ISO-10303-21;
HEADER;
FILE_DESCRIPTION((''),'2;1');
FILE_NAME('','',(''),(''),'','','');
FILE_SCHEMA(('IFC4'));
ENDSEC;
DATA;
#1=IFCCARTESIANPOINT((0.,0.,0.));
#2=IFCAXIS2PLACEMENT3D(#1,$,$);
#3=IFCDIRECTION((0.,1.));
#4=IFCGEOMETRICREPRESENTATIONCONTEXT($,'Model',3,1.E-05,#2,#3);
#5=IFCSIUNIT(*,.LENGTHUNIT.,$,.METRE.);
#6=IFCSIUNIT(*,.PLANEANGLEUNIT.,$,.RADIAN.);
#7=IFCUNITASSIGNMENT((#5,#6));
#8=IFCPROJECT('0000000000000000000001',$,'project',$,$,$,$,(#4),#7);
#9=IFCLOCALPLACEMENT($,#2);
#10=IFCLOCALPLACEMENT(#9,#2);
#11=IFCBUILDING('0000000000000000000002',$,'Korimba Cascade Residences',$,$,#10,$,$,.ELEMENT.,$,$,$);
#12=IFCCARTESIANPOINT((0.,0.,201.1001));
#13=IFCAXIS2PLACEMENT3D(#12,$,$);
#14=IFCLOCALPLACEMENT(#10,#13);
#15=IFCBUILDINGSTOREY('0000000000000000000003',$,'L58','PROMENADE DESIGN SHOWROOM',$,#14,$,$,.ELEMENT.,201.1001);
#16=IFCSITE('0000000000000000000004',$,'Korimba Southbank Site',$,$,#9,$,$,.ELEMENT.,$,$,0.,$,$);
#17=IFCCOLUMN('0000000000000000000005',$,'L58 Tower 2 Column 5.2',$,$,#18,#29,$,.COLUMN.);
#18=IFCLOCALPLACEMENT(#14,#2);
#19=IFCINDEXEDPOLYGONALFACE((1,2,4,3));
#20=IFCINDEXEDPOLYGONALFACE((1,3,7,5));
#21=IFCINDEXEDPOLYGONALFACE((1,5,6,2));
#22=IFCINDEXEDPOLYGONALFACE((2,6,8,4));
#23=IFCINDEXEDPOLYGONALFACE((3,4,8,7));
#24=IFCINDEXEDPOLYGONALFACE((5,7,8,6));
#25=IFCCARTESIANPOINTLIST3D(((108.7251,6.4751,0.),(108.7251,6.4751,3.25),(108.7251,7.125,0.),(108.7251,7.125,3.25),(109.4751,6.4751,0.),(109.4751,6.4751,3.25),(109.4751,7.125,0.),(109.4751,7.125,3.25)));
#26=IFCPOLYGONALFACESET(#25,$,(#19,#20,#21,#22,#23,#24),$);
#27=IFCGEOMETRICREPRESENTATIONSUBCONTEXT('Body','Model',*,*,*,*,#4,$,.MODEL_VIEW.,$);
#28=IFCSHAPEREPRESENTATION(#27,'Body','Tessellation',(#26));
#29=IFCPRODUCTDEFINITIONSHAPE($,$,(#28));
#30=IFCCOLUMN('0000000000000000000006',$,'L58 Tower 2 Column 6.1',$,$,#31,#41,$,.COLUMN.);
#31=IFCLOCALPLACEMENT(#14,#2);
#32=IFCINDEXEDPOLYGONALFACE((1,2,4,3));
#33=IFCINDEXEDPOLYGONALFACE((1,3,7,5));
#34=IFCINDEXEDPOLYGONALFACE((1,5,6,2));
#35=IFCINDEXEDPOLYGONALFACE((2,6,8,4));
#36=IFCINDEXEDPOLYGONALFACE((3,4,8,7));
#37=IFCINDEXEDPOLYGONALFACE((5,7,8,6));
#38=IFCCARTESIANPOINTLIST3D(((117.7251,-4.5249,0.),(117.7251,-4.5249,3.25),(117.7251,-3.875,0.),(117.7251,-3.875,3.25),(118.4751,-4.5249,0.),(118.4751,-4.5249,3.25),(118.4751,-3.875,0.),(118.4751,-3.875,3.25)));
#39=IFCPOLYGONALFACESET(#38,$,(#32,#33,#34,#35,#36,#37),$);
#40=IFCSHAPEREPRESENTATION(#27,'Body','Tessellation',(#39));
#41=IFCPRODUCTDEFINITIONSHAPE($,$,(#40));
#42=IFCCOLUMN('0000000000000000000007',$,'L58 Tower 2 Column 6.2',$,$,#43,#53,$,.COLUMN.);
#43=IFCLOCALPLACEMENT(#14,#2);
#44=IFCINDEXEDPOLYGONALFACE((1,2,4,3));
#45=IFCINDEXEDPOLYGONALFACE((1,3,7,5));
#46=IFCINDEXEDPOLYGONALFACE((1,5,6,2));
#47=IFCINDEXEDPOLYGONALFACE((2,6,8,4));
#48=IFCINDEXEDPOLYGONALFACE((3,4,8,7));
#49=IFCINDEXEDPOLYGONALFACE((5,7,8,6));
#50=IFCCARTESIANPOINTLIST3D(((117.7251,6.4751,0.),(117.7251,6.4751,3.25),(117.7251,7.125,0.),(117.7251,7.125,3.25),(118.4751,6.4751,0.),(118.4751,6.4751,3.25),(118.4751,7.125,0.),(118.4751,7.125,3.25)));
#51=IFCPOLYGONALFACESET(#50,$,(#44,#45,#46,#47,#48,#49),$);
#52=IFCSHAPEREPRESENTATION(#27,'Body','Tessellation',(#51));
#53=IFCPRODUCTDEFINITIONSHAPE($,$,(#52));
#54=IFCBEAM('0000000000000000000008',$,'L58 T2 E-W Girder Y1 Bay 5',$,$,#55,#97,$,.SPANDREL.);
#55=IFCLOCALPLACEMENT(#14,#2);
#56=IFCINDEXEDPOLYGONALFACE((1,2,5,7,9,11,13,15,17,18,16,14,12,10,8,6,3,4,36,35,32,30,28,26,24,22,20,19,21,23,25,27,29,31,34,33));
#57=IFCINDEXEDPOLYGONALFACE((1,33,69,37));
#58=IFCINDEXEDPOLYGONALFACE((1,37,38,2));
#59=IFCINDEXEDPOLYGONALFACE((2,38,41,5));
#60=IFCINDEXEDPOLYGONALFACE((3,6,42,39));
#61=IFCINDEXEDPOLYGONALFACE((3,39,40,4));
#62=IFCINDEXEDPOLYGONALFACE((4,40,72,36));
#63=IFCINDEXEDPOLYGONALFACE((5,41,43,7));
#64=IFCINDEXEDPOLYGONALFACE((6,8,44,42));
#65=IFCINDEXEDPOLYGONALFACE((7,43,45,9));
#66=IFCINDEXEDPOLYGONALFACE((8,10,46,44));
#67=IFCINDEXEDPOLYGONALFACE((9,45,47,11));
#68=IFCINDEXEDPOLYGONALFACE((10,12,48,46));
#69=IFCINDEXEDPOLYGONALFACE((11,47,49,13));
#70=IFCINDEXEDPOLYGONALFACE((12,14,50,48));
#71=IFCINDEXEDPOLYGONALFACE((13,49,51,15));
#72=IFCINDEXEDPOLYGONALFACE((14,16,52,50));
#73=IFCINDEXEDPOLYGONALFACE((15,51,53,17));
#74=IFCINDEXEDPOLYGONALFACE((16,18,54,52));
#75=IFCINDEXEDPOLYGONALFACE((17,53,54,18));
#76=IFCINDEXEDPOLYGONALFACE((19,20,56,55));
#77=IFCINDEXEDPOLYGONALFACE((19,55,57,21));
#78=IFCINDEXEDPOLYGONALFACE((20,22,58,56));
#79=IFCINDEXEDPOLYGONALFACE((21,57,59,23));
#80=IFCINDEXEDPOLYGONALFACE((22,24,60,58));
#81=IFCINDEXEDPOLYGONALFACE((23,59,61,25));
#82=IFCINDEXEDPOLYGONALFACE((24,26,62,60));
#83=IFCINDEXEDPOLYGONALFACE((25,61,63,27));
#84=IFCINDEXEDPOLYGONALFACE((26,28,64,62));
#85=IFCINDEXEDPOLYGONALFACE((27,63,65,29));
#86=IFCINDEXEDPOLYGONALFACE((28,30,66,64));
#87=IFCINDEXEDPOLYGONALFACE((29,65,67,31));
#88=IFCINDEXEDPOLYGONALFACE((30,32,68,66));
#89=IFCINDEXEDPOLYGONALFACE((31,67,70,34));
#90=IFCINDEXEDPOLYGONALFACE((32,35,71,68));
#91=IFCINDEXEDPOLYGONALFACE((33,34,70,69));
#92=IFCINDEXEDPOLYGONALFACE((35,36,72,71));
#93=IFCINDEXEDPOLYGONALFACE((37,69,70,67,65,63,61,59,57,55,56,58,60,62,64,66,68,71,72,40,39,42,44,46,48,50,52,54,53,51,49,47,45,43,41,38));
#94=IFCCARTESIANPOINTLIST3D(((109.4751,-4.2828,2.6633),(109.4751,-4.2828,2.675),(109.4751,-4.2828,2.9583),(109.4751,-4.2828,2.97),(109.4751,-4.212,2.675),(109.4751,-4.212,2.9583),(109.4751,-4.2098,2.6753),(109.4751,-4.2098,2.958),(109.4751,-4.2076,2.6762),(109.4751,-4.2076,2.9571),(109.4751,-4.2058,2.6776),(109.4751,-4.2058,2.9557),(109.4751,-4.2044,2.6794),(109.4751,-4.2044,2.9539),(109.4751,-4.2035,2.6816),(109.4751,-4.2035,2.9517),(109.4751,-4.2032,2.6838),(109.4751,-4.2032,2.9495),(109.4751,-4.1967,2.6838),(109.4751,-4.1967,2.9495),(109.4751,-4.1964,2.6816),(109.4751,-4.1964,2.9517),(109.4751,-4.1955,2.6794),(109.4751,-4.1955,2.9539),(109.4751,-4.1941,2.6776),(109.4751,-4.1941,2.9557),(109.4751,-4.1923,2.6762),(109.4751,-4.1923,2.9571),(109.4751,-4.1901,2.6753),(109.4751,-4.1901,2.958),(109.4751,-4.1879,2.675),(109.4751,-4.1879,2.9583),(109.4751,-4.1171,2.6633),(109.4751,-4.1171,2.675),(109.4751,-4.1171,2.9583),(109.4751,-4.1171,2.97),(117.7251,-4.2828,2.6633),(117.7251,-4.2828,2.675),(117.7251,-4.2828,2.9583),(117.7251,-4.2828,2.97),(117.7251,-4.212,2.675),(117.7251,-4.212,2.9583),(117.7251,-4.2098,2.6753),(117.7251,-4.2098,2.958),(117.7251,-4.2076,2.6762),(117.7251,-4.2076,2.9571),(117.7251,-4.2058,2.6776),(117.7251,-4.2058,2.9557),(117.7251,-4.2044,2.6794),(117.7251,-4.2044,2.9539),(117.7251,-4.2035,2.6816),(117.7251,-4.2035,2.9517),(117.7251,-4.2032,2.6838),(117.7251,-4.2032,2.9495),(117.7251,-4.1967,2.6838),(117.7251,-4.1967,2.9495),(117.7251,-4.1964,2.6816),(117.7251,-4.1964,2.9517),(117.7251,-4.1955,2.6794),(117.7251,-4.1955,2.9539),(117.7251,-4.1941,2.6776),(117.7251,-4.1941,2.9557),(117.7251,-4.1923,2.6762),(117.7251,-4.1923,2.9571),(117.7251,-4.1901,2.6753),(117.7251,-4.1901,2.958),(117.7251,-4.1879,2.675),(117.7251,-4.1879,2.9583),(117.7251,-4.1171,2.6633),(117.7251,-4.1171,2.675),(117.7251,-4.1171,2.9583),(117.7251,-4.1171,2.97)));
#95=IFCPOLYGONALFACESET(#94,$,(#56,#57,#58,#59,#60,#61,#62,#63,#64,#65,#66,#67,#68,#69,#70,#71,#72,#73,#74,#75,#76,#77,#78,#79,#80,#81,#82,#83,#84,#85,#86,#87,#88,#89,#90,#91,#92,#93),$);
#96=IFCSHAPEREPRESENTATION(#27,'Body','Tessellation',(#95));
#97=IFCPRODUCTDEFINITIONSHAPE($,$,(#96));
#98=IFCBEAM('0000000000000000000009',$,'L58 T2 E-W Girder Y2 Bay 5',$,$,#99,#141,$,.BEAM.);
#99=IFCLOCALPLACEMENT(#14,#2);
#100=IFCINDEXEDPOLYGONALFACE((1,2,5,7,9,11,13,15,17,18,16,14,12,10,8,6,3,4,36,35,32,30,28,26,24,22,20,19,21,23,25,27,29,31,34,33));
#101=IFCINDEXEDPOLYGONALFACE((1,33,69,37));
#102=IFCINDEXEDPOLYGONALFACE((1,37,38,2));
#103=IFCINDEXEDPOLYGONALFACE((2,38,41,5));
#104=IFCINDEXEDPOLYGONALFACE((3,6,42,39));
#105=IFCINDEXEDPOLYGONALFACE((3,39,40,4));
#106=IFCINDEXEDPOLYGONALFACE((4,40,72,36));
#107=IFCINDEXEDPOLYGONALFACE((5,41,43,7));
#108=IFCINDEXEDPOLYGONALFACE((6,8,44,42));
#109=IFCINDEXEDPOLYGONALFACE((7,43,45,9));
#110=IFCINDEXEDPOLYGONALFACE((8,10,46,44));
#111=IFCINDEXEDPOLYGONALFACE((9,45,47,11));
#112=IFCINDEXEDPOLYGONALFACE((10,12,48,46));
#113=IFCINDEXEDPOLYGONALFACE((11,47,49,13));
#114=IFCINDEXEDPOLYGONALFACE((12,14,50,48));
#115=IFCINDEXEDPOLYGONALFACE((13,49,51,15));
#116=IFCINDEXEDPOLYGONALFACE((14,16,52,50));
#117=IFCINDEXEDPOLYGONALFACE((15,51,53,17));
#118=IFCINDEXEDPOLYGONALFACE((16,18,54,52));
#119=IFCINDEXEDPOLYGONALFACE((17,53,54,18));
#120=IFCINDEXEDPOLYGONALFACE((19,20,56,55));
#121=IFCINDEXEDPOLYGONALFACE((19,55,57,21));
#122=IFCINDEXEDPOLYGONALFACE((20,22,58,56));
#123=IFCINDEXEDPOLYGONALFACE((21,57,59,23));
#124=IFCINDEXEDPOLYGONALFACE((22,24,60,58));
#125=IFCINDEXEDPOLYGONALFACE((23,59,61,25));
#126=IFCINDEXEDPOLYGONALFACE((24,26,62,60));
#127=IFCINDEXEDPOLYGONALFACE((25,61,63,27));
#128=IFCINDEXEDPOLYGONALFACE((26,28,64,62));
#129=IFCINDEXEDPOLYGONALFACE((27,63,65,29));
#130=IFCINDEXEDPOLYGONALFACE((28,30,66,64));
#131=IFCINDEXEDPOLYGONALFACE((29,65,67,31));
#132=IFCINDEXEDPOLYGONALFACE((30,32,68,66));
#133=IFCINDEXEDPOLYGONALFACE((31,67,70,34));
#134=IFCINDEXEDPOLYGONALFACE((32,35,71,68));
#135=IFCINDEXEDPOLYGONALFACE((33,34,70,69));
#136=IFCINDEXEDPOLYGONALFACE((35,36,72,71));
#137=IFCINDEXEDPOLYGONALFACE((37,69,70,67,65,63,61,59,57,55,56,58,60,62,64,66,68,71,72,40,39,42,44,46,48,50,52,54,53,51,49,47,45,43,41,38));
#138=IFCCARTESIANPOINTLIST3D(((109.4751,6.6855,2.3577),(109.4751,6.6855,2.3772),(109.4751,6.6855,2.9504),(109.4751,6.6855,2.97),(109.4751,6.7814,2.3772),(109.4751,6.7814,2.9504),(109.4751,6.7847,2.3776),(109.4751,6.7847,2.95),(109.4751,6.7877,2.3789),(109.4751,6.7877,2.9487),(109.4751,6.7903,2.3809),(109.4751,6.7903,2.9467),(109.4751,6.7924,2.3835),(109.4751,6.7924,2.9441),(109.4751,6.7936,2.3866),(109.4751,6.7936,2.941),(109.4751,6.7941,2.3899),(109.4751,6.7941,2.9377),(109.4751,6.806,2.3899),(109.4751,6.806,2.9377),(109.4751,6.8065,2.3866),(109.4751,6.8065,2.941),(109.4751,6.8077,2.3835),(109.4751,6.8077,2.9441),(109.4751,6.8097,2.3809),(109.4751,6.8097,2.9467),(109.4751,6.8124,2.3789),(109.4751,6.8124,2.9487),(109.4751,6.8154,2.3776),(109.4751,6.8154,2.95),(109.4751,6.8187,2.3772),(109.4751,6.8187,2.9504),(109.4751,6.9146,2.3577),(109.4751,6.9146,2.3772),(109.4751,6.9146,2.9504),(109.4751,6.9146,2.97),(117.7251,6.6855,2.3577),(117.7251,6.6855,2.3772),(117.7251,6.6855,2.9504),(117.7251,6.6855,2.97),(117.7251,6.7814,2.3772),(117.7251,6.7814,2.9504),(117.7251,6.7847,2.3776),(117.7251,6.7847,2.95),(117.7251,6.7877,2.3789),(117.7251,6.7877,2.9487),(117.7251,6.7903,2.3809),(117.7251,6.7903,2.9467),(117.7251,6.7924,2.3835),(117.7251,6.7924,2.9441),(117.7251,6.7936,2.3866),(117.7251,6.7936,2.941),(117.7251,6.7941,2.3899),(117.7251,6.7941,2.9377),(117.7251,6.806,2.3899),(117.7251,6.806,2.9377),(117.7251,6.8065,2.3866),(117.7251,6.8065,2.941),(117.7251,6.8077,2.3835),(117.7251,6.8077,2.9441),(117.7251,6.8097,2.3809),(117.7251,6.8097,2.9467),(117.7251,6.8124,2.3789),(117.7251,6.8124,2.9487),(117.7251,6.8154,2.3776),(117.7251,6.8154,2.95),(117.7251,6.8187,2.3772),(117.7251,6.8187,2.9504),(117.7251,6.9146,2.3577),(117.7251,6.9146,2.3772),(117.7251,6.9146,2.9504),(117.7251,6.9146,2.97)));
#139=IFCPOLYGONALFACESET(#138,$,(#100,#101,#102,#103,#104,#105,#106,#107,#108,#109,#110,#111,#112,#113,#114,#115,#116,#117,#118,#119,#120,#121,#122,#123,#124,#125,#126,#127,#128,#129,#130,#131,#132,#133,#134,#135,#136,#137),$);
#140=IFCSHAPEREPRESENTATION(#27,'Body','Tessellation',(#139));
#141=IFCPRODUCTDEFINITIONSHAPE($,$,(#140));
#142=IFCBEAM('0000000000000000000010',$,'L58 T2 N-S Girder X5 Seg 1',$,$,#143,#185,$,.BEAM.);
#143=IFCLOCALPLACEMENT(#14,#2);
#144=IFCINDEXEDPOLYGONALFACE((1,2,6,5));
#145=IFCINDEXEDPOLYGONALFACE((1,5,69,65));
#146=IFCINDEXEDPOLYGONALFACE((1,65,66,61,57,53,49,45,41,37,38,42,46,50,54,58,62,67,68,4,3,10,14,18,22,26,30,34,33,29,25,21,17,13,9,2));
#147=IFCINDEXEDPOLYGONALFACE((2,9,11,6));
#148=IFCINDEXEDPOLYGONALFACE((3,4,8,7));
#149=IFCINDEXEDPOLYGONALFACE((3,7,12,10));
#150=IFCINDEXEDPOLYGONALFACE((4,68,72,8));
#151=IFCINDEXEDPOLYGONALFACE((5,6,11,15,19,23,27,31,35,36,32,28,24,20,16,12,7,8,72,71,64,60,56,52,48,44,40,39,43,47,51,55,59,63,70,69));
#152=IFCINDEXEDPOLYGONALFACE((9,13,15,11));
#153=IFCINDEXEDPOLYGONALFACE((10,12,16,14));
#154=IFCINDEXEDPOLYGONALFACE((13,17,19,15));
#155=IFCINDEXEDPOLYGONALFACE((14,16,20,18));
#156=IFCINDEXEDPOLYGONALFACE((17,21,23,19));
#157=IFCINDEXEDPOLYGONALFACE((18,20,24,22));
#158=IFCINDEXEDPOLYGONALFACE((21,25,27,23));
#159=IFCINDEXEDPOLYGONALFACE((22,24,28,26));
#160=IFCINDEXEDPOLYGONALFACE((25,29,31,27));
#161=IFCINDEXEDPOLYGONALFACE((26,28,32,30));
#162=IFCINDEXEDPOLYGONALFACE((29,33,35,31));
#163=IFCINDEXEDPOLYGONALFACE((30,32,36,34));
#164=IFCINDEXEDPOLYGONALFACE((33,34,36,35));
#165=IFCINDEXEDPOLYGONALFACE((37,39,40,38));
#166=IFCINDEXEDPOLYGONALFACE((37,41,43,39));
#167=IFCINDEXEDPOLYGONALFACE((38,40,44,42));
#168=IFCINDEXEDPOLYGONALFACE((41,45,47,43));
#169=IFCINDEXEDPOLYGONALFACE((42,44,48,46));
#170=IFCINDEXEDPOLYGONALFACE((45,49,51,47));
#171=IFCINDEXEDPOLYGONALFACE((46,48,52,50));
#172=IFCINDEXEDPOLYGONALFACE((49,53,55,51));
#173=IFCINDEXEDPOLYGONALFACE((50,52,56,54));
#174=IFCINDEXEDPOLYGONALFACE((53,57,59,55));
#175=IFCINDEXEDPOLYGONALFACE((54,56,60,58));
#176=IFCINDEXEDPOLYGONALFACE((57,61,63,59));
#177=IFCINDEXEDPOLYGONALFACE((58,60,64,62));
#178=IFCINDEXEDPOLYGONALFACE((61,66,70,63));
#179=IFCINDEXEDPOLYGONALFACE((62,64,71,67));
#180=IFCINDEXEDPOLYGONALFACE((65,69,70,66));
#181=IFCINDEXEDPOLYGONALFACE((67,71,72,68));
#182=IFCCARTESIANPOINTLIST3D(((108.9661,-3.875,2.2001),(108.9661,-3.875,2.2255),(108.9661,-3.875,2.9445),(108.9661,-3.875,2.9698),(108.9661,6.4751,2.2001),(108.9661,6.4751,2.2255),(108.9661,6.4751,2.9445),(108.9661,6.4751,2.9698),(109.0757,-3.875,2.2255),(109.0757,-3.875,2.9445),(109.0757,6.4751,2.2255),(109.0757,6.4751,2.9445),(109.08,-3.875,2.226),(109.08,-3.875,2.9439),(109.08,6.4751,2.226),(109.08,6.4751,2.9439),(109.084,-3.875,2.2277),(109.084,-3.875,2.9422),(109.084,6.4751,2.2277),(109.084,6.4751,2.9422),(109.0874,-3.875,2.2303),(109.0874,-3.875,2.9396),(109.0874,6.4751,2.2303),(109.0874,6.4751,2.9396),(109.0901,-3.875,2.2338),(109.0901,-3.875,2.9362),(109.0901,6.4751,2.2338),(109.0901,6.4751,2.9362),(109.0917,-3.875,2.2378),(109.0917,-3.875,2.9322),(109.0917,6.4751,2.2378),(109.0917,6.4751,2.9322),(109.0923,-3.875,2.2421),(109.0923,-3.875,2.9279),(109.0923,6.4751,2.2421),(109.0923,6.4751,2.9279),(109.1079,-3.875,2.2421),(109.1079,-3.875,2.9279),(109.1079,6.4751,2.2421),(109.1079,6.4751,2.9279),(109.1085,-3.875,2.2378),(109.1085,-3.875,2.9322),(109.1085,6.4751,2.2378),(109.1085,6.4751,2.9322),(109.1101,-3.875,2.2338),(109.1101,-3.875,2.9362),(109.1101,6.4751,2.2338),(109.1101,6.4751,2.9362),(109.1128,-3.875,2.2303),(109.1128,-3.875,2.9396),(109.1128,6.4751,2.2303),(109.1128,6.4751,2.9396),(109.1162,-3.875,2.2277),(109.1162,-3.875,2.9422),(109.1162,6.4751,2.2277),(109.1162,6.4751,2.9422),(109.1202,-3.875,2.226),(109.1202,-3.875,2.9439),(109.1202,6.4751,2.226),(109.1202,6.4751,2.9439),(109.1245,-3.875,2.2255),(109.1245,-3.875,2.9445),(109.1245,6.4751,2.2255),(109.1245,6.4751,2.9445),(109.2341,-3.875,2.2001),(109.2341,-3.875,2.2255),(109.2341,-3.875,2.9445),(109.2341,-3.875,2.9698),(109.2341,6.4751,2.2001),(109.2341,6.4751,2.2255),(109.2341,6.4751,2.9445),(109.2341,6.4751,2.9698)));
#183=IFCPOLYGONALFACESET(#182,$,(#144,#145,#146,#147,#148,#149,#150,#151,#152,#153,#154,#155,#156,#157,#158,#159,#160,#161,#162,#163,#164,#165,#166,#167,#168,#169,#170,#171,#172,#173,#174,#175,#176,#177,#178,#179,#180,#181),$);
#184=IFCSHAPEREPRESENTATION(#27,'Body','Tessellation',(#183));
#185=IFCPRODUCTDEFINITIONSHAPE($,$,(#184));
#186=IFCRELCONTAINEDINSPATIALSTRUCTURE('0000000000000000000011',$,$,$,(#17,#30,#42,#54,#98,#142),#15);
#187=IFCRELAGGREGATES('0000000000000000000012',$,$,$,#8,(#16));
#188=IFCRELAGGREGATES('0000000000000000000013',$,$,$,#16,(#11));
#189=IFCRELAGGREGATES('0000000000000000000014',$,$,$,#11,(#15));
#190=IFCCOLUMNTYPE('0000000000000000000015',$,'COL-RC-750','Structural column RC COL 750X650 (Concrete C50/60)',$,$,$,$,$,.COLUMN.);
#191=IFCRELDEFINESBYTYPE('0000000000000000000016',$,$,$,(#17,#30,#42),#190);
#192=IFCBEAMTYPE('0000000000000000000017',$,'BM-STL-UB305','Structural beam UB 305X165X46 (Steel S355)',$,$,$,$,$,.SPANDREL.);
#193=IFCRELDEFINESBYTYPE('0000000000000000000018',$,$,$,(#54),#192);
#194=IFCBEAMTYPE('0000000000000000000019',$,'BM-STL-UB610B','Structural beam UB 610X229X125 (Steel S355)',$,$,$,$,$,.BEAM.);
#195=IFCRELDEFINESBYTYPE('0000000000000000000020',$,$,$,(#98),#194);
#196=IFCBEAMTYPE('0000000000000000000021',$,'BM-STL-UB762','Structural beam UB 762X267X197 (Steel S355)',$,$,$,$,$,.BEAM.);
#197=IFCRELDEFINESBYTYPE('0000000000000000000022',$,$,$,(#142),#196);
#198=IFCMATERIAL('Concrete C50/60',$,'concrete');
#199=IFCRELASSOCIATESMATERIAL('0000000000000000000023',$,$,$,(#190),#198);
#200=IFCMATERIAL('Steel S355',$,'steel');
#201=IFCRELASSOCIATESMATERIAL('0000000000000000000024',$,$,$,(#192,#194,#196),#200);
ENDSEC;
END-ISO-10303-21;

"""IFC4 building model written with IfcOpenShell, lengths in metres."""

from ifc_helpers import new_model, si_unit, direction, frame, origin, origin_2d, place, context, subcontext, project, spatial, rectangle, i_section, extrude, material, material_profile, profile_set, type_object, element, save


model = new_model("IFC4")

# Units and contexts
model_context = context("Model", 3, precision=1e-05, world=origin(), true_north=direction((0.0, 1.0)))
body_context = subcontext(model_context, "Body", "Model", "MODEL_VIEW")
ifc_project = project(units=[si_unit("LENGTHUNIT", "METRE"), si_unit("PLANEANGLEUNIT", "RADIAN")], contexts=[model_context])

# Site, building, storey
site_placement = place(None, origin())
site = spatial("IfcSite", under=ifc_project, at=site_placement, Name="Korimba Southbank Site", CompositionType="ELEMENT", RefElevation=0.0)
building_placement = place(site_placement, origin())
building = spatial("IfcBuilding", under=site, at=building_placement, Name="Korimba Cascade Residences", CompositionType="ELEMENT")
storey_placement = place(building_placement, frame((0.0, 0.0, 201.1001)))
storey = spatial("IfcBuildingStorey", under=building, at=storey_placement, Name="L58", Description="PROMENADE DESIGN SHOWROOM", CompositionType="ELEMENT", Elevation=201.1001)

# Columns
ifc_material_1 = material(Name="Concrete C50/60", Category="concrete")
ifc_material_profile_1 = material_profile(ifc_material_1, rectangle(XDim=0.75, YDim=0.6499, at=origin_2d()), Name="Concrete C50/60")
ifc_profile_set_1 = profile_set([ifc_material_profile_1], Name="Concrete C50/60")
column_type = type_object("IfcColumnType", Name="COL-RC-750", Description="Structural column RC COL 750X650 (Concrete C50/60)", PredefinedType="COLUMN", material=ifc_profile_set_1)
for number, where, z_axis, x_axis, name in (
    (1, (109.1001, 6.8, 0.0), (0.0, 0.0, 1.0), (1.0, 0.0, 0.0), "L58 Tower 2 Column 5.2"),
    (2, (118.1001, -4.2, 0.0), (0.0, 0.0, 1.0), (1.0, 0.0, 0.0), "L58 Tower 2 Column 6.1"),
    (3, (118.1001, 6.8, 0.0), (0.0, 0.0, 1.0), (1.0, 0.0, 0.0), "L58 Tower 2 Column 6.2"),
):
    element("IfcColumn", number, at=place(storey_placement, frame(where, z_axis=z_axis, x_axis=x_axis)), inside=storey, type_object=column_type, Name=name, PredefinedType="COLUMN", context=body_context, shape_type="SweptSolid", body=[
        extrude(rectangle(XDim=0.75, YDim=0.6499, at=origin_2d()), origin(), (0.0, 0.0, 1.0), 3.25),
    ])

# Beams
ifc_material_2 = material(Name="Steel S355", Category="steel")
ifc_material_profile_2 = material_profile(ifc_material_2, i_section(OverallWidth=0.1658, OverallDepth=0.3066, WebThickness=0.0066, FlangeThickness=0.0117, FilletRadius=0.0088, at=origin_2d()), Name="Steel S355")
ifc_profile_set_2 = profile_set([ifc_material_profile_2], Name="Steel S355")
beam_type_1 = type_object("IfcBeamType", Name="BM-STL-UB305", Description="Structural beam UB 305X165X46 (Steel S355)", PredefinedType="SPANDREL", material=ifc_profile_set_2)
beam_1_placement = place(storey_placement, frame((109.4751, -4.2, 2.8167), z_axis=(1.0, 0.0, 0.0), x_axis=(0.0, 1.0, 0.0)))
element("IfcBeam", 4, at=beam_1_placement, inside=storey, type_object=beam_type_1, Name="L58 T2 E-W Girder Y1 Bay 5", PredefinedType="SPANDREL", context=body_context, shape_type="SweptSolid", body=[
    extrude(i_section(OverallWidth=0.1658, OverallDepth=0.3066, WebThickness=0.0066, FlangeThickness=0.0117, FilletRadius=0.0088, at=origin_2d()), origin(), (0.0, 0.0, 1.0), 8.25),
])
ifc_material_profile_3 = material_profile(ifc_material_2, i_section(OverallWidth=0.229, OverallDepth=0.6123, WebThickness=0.012, FlangeThickness=0.0195, FilletRadius=0.0127, at=origin_2d()), Name="Steel S355")
ifc_profile_set_3 = profile_set([ifc_material_profile_3], Name="Steel S355")
beam_type_2 = type_object("IfcBeamType", Name="BM-STL-UB610B", Description="Structural beam UB 610X229X125 (Steel S355)", PredefinedType="BEAM", material=ifc_profile_set_3)
beam_2_placement = place(storey_placement, frame((109.4751, 6.8, 2.6638), z_axis=(1.0, 0.0, 0.0), x_axis=(0.0, 1.0, 0.0)))
element("IfcBeam", 5, at=beam_2_placement, inside=storey, type_object=beam_type_2, Name="L58 T2 E-W Girder Y2 Bay 5", PredefinedType="BEAM", context=body_context, shape_type="SweptSolid", body=[
    extrude(i_section(OverallWidth=0.229, OverallDepth=0.6123, WebThickness=0.012, FlangeThickness=0.0195, FilletRadius=0.0127, at=origin_2d()), origin(), (0.0, 0.0, 1.0), 8.25),
])
ifc_material_profile_4 = material_profile(ifc_material_2, i_section(OverallWidth=0.2681, OverallDepth=0.7698, WebThickness=0.0156, FlangeThickness=0.0254, FilletRadius=0.0166, at=origin_2d()), Name="Steel S355")
ifc_profile_set_4 = profile_set([ifc_material_profile_4], Name="Steel S355")
beam_type_3 = type_object("IfcBeamType", Name="BM-STL-UB762", Description="Structural beam UB 762X267X197 (Steel S355)", PredefinedType="BEAM", material=ifc_profile_set_4)
for number, where, z_axis, x_axis, name in (
    (6, (109.1001, -3.875, 2.585), (0.0, 1.0, 0.0), (-1.0, 0.0, 0.0), "L58 T2 N-S Girder X5 Seg 1"),
):
    element("IfcBeam", number, at=place(storey_placement, frame(where, z_axis=z_axis, x_axis=x_axis)), inside=storey, type_object=beam_type_3, Name=name, PredefinedType="BEAM", context=body_context, shape_type="SweptSolid", body=[
        extrude(i_section(OverallWidth=0.2681, OverallDepth=0.7698, WebThickness=0.0156, FlangeThickness=0.0254, FilletRadius=0.0166, at=origin_2d()), origin(), (0.0, 0.0, 1.0), 10.3501),
    ])

save(model, "model.ifc")
